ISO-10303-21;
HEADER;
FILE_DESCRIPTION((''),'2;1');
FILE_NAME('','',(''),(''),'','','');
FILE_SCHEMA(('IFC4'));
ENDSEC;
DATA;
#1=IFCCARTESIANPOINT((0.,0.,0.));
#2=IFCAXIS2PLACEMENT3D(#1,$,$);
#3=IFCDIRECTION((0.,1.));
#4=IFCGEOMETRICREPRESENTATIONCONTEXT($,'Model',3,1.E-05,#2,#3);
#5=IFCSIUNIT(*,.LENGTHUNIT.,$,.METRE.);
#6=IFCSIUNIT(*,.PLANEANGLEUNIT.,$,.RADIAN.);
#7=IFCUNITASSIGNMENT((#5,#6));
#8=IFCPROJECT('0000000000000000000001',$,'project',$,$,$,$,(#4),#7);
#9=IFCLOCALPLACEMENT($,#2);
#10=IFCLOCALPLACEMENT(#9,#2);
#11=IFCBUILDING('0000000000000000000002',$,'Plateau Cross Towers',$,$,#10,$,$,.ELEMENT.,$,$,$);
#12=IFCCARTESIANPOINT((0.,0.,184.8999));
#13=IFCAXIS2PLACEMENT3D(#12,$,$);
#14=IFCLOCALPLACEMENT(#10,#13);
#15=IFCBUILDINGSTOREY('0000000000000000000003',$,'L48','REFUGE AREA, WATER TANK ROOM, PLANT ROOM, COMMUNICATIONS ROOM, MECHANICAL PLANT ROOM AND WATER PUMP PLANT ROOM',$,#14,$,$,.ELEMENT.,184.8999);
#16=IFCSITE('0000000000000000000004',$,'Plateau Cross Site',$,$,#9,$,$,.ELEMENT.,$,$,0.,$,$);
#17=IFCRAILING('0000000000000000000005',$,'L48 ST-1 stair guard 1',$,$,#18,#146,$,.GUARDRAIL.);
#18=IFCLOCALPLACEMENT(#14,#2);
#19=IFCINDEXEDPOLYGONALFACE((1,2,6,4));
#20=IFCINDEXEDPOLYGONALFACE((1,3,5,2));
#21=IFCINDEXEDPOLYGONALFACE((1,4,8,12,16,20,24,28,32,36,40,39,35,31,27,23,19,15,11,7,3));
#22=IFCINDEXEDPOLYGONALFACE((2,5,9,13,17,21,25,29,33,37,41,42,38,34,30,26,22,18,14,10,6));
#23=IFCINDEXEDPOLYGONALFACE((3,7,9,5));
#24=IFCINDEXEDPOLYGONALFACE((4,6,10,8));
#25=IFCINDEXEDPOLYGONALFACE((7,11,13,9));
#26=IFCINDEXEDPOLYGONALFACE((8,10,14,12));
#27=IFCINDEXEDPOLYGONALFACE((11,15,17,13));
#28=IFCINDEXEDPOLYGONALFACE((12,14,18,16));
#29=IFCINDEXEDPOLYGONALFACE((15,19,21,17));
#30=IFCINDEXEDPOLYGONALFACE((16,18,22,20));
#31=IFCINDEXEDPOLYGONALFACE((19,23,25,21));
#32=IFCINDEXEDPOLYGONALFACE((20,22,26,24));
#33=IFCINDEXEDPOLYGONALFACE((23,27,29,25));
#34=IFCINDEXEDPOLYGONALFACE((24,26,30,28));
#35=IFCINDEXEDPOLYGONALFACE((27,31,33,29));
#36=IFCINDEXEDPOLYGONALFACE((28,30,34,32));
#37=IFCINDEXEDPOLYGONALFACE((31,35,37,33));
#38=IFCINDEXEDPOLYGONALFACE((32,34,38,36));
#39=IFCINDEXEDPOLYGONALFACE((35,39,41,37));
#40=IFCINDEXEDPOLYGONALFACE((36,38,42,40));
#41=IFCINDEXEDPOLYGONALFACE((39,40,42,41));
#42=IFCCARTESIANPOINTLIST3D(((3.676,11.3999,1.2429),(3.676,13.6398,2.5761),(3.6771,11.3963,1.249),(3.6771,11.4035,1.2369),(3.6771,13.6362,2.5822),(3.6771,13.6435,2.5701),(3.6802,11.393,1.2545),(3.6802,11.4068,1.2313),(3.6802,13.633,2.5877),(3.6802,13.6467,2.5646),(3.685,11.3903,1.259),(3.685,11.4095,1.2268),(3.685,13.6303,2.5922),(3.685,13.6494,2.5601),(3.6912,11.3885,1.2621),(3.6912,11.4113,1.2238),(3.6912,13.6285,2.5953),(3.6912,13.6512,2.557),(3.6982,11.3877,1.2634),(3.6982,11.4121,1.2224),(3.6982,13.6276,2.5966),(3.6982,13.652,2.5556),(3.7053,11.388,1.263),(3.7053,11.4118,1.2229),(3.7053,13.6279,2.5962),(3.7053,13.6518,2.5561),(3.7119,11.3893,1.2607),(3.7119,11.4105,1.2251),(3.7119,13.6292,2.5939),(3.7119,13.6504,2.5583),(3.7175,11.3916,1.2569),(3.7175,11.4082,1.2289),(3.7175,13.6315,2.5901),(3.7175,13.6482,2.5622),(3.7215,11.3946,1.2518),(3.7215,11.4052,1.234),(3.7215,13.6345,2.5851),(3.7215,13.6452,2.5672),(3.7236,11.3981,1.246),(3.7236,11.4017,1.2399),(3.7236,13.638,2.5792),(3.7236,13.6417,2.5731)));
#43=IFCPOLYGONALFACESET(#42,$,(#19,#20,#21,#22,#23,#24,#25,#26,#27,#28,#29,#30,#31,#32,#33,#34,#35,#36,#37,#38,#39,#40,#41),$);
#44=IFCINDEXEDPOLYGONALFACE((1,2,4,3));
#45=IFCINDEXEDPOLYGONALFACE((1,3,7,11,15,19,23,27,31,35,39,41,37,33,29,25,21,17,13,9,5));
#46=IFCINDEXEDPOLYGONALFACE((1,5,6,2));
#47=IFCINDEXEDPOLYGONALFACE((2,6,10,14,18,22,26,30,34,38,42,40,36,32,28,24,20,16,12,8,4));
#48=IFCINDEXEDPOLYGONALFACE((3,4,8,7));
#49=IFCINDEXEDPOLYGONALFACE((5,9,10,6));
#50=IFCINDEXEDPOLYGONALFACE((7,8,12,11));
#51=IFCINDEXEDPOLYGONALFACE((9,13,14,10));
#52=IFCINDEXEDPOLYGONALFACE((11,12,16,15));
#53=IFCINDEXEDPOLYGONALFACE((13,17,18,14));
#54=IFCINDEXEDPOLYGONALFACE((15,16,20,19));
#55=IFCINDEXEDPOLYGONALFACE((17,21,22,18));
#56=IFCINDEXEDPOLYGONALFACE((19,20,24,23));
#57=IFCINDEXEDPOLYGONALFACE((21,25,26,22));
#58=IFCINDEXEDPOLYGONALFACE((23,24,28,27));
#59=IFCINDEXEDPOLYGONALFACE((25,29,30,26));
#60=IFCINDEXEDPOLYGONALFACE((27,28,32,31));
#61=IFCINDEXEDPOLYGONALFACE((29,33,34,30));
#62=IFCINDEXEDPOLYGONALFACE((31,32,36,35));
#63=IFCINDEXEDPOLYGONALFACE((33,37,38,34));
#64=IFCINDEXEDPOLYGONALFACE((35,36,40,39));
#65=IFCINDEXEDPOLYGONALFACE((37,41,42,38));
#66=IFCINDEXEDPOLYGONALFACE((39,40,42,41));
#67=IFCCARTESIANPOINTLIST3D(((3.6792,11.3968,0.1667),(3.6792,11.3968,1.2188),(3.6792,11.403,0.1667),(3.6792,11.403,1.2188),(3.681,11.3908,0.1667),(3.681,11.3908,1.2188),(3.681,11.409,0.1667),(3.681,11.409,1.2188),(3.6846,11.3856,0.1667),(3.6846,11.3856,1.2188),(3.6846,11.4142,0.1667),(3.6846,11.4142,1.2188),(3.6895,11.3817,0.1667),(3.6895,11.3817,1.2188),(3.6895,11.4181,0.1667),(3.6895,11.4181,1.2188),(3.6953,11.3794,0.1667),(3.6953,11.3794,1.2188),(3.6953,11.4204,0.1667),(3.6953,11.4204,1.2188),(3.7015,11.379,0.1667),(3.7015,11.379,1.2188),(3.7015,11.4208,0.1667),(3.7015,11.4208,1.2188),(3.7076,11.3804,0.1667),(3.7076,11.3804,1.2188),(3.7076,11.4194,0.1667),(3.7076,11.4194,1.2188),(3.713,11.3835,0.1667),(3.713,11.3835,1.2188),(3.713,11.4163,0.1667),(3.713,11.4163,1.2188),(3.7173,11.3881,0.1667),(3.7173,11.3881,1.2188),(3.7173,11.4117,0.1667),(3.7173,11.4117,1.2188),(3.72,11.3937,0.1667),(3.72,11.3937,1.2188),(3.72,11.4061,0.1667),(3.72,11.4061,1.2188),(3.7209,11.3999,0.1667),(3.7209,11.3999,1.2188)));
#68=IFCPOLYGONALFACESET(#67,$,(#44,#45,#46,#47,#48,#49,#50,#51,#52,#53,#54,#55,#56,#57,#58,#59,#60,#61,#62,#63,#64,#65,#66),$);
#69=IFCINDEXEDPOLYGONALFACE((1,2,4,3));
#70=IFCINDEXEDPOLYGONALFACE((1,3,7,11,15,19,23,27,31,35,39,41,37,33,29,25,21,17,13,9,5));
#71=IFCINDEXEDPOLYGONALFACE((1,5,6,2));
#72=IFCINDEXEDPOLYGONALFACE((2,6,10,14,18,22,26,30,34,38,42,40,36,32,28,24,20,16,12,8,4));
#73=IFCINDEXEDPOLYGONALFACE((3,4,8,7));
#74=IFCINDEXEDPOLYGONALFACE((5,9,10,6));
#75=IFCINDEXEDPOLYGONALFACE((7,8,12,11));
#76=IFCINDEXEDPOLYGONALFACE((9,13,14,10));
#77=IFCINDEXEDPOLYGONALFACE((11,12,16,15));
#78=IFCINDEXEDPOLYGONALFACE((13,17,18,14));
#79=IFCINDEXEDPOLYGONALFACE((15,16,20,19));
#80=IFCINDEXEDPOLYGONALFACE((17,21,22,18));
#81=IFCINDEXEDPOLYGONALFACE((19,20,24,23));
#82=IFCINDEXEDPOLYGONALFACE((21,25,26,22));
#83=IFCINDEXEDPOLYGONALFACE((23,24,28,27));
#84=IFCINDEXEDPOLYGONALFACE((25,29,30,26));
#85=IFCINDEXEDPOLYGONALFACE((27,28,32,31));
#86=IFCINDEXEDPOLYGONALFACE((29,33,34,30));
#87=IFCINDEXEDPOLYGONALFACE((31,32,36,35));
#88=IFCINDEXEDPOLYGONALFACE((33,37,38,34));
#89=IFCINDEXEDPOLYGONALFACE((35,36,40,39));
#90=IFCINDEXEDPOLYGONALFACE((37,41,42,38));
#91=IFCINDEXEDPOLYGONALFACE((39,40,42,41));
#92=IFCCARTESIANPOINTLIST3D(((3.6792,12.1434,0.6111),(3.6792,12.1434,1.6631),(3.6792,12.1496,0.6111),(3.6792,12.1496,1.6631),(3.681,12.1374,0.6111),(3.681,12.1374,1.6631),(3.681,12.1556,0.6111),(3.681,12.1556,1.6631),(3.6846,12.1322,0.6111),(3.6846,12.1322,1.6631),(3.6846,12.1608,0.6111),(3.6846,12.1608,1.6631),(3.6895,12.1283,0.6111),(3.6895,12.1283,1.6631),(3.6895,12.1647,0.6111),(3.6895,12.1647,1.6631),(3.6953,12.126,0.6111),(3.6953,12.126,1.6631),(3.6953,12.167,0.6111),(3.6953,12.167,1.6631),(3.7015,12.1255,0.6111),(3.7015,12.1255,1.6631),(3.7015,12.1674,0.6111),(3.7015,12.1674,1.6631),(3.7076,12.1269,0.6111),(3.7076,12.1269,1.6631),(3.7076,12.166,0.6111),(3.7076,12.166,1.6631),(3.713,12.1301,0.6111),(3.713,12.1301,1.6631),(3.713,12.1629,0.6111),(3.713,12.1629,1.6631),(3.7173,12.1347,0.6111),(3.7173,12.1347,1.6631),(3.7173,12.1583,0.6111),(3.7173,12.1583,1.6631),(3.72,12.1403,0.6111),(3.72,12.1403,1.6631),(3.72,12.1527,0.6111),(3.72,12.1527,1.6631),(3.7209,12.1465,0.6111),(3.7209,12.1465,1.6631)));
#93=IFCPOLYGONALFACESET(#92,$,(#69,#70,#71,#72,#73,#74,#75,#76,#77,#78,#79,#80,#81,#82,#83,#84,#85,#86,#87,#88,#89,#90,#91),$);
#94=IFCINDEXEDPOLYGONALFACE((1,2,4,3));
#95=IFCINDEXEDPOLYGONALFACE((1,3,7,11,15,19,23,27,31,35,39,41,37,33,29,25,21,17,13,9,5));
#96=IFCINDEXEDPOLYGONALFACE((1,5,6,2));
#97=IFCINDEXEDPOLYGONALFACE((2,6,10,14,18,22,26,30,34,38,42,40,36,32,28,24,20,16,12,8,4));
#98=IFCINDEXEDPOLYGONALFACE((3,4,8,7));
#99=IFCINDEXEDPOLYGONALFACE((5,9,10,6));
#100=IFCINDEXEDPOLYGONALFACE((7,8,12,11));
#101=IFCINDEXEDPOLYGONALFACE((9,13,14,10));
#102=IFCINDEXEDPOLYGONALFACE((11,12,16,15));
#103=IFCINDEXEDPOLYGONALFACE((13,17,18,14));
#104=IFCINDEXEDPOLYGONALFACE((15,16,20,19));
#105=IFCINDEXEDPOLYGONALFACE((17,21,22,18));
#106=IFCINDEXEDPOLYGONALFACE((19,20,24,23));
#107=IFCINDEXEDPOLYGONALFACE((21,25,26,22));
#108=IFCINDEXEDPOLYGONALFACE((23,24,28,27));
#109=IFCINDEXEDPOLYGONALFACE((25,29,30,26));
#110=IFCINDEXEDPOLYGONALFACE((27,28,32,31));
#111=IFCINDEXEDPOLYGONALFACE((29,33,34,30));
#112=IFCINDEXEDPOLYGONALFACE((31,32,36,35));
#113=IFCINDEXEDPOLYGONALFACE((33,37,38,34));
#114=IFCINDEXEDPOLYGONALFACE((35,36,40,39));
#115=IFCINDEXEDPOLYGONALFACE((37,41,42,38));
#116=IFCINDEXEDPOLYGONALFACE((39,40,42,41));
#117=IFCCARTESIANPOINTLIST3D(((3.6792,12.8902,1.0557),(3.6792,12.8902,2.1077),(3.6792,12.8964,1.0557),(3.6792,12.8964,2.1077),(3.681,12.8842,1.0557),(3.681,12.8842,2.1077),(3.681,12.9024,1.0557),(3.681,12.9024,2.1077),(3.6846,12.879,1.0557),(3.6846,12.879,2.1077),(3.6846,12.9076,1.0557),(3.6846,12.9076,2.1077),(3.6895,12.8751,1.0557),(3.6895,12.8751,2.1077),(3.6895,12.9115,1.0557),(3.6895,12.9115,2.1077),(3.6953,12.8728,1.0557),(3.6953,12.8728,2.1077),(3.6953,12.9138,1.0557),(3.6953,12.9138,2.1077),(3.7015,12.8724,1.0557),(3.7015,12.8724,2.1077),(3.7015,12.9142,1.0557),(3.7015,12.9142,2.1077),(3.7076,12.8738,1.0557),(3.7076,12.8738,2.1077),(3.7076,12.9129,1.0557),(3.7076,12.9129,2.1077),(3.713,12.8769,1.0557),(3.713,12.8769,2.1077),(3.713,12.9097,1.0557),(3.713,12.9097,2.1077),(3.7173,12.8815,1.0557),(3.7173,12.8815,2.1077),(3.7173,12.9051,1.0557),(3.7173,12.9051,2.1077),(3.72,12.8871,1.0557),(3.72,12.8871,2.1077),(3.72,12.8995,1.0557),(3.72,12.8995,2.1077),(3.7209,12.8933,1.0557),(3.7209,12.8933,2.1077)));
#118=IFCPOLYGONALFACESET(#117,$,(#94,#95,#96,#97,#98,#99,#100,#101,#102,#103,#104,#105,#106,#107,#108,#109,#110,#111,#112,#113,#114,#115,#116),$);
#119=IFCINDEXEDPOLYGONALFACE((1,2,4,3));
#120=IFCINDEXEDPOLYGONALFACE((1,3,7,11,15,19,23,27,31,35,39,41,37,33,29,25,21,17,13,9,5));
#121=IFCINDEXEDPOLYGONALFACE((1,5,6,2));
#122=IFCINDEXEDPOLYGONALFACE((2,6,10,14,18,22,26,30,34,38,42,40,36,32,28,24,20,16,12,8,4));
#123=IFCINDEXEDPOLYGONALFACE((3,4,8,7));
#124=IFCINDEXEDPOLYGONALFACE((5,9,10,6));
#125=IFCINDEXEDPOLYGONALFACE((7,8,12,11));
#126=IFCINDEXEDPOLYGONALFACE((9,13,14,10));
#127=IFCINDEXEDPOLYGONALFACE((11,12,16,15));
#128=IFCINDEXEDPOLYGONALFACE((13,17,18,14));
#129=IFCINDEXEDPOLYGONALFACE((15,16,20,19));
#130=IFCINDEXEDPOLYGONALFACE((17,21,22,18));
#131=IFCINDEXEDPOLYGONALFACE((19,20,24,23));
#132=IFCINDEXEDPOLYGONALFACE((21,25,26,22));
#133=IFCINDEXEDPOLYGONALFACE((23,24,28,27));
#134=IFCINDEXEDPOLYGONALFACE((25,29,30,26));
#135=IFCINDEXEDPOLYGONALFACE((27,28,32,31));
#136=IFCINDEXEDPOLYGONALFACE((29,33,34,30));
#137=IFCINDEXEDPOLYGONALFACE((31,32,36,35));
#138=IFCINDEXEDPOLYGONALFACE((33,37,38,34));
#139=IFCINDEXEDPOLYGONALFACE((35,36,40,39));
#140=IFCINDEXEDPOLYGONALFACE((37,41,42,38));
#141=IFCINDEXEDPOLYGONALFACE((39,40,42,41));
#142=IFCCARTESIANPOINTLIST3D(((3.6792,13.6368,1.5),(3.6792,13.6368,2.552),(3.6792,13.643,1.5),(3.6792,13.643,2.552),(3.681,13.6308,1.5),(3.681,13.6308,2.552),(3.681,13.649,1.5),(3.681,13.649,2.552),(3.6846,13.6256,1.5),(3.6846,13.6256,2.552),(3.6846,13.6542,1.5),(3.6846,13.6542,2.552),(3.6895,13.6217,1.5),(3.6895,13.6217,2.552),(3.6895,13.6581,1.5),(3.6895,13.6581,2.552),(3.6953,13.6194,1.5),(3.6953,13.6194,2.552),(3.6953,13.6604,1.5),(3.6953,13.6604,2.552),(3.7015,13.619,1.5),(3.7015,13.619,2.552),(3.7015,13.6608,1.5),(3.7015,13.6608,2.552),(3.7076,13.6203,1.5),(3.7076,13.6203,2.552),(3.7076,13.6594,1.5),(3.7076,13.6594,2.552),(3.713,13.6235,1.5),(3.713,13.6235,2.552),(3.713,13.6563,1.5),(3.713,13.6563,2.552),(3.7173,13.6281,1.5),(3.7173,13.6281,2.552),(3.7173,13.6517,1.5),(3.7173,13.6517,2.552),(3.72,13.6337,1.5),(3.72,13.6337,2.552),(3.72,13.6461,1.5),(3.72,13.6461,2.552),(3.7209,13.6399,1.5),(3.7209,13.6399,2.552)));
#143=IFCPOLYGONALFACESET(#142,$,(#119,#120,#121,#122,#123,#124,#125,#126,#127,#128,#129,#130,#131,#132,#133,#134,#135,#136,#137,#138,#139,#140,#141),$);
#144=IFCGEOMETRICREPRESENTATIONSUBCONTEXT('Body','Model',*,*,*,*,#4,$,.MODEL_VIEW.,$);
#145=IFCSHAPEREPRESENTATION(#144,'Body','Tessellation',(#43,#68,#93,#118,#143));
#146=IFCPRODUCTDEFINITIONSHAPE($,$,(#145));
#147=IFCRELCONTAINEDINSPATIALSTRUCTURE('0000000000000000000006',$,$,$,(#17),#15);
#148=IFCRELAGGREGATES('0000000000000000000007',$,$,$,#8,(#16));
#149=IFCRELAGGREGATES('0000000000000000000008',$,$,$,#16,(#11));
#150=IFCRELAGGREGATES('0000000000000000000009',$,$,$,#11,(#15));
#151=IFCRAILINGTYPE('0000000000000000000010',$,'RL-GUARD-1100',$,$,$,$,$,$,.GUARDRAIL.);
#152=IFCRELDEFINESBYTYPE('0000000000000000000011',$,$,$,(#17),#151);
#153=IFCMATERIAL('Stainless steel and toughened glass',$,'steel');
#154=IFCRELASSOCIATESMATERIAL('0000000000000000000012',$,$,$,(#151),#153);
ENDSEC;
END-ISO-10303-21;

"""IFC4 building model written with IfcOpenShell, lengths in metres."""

from ifc_helpers import new_model, si_unit, direction, frame, origin, origin_2d, place, context, subcontext, project, spatial, circle, extrude, material, type_object, element, save


model = new_model("IFC4")

# Units and contexts
model_context = context("Model", 3, precision=1e-05, world=origin(), true_north=direction((0.0, 1.0)))
body_context = subcontext(model_context, "Body", "Model", "MODEL_VIEW")
ifc_project = project(units=[si_unit("LENGTHUNIT", "METRE"), si_unit("PLANEANGLEUNIT", "RADIAN")], contexts=[model_context])

# Site, building, storey
site_placement = place(None, origin())
site = spatial("IfcSite", under=ifc_project, at=site_placement, Name="Plateau Cross Site", CompositionType="ELEMENT", RefElevation=0.0)
building_placement = place(site_placement, origin())
building = spatial("IfcBuilding", under=site, at=building_placement, Name="Plateau Cross Towers", CompositionType="ELEMENT")
storey_placement = place(building_placement, frame((0.0, 0.0, 184.8999)))
storey = spatial("IfcBuildingStorey", under=building, at=storey_placement, Name="L48", Description="REFUGE AREA, WATER TANK ROOM, PLANT ROOM, COMMUNICATIONS ROOM, MECHANICAL PLANT ROOM AND WATER PUMP PLANT ROOM", CompositionType="ELEMENT", Elevation=184.8999)

# Railing
ifc_material_1 = material(Name="Stainless steel and toughened glass", Category="steel")
railing_type = type_object("IfcRailingType", Name="RL-GUARD-1100", PredefinedType="GUARDRAIL", material=ifc_material_1)
railing_1_placement = place(storey_placement, frame((3.7, 11.3999, 0.1667)))
element("IfcRailing", 1, at=railing_1_placement, inside=storey, type_object=railing_type, Name="L48 ST-1 stair guard 1", PredefinedType="GUARDRAIL", context=body_context, shape_type="SweptSolid", body=[
    extrude(circle(Radius=0.0239, at=origin_2d()), frame((0.0, 0.0, 1.0762), z_axis=(0.0, 0.859306, 0.511462), x_axis=(-1.0, 0.0, 0.0)), (0.0, 0.0, 1.0), 2.6067),
    extrude(circle(Radius=0.021, at=origin_2d()), origin(), (0.0, 0.0, 1.0), 1.052),
    extrude(circle(Radius=0.021, at=origin_2d()), frame((0.0, 0.7466, 0.4443)), (0.0, 0.0, 1.0), 1.052),
    extrude(circle(Radius=0.021, at=origin_2d()), frame((0.0, 1.4934, 0.8889)), (0.0, 0.0, 1.0), 1.052),
    extrude(circle(Radius=0.021, at=origin_2d()), frame((0.0, 2.24, 1.3333)), (0.0, 0.0, 1.0), 1.052),
])

save(model, "model.ifc")
